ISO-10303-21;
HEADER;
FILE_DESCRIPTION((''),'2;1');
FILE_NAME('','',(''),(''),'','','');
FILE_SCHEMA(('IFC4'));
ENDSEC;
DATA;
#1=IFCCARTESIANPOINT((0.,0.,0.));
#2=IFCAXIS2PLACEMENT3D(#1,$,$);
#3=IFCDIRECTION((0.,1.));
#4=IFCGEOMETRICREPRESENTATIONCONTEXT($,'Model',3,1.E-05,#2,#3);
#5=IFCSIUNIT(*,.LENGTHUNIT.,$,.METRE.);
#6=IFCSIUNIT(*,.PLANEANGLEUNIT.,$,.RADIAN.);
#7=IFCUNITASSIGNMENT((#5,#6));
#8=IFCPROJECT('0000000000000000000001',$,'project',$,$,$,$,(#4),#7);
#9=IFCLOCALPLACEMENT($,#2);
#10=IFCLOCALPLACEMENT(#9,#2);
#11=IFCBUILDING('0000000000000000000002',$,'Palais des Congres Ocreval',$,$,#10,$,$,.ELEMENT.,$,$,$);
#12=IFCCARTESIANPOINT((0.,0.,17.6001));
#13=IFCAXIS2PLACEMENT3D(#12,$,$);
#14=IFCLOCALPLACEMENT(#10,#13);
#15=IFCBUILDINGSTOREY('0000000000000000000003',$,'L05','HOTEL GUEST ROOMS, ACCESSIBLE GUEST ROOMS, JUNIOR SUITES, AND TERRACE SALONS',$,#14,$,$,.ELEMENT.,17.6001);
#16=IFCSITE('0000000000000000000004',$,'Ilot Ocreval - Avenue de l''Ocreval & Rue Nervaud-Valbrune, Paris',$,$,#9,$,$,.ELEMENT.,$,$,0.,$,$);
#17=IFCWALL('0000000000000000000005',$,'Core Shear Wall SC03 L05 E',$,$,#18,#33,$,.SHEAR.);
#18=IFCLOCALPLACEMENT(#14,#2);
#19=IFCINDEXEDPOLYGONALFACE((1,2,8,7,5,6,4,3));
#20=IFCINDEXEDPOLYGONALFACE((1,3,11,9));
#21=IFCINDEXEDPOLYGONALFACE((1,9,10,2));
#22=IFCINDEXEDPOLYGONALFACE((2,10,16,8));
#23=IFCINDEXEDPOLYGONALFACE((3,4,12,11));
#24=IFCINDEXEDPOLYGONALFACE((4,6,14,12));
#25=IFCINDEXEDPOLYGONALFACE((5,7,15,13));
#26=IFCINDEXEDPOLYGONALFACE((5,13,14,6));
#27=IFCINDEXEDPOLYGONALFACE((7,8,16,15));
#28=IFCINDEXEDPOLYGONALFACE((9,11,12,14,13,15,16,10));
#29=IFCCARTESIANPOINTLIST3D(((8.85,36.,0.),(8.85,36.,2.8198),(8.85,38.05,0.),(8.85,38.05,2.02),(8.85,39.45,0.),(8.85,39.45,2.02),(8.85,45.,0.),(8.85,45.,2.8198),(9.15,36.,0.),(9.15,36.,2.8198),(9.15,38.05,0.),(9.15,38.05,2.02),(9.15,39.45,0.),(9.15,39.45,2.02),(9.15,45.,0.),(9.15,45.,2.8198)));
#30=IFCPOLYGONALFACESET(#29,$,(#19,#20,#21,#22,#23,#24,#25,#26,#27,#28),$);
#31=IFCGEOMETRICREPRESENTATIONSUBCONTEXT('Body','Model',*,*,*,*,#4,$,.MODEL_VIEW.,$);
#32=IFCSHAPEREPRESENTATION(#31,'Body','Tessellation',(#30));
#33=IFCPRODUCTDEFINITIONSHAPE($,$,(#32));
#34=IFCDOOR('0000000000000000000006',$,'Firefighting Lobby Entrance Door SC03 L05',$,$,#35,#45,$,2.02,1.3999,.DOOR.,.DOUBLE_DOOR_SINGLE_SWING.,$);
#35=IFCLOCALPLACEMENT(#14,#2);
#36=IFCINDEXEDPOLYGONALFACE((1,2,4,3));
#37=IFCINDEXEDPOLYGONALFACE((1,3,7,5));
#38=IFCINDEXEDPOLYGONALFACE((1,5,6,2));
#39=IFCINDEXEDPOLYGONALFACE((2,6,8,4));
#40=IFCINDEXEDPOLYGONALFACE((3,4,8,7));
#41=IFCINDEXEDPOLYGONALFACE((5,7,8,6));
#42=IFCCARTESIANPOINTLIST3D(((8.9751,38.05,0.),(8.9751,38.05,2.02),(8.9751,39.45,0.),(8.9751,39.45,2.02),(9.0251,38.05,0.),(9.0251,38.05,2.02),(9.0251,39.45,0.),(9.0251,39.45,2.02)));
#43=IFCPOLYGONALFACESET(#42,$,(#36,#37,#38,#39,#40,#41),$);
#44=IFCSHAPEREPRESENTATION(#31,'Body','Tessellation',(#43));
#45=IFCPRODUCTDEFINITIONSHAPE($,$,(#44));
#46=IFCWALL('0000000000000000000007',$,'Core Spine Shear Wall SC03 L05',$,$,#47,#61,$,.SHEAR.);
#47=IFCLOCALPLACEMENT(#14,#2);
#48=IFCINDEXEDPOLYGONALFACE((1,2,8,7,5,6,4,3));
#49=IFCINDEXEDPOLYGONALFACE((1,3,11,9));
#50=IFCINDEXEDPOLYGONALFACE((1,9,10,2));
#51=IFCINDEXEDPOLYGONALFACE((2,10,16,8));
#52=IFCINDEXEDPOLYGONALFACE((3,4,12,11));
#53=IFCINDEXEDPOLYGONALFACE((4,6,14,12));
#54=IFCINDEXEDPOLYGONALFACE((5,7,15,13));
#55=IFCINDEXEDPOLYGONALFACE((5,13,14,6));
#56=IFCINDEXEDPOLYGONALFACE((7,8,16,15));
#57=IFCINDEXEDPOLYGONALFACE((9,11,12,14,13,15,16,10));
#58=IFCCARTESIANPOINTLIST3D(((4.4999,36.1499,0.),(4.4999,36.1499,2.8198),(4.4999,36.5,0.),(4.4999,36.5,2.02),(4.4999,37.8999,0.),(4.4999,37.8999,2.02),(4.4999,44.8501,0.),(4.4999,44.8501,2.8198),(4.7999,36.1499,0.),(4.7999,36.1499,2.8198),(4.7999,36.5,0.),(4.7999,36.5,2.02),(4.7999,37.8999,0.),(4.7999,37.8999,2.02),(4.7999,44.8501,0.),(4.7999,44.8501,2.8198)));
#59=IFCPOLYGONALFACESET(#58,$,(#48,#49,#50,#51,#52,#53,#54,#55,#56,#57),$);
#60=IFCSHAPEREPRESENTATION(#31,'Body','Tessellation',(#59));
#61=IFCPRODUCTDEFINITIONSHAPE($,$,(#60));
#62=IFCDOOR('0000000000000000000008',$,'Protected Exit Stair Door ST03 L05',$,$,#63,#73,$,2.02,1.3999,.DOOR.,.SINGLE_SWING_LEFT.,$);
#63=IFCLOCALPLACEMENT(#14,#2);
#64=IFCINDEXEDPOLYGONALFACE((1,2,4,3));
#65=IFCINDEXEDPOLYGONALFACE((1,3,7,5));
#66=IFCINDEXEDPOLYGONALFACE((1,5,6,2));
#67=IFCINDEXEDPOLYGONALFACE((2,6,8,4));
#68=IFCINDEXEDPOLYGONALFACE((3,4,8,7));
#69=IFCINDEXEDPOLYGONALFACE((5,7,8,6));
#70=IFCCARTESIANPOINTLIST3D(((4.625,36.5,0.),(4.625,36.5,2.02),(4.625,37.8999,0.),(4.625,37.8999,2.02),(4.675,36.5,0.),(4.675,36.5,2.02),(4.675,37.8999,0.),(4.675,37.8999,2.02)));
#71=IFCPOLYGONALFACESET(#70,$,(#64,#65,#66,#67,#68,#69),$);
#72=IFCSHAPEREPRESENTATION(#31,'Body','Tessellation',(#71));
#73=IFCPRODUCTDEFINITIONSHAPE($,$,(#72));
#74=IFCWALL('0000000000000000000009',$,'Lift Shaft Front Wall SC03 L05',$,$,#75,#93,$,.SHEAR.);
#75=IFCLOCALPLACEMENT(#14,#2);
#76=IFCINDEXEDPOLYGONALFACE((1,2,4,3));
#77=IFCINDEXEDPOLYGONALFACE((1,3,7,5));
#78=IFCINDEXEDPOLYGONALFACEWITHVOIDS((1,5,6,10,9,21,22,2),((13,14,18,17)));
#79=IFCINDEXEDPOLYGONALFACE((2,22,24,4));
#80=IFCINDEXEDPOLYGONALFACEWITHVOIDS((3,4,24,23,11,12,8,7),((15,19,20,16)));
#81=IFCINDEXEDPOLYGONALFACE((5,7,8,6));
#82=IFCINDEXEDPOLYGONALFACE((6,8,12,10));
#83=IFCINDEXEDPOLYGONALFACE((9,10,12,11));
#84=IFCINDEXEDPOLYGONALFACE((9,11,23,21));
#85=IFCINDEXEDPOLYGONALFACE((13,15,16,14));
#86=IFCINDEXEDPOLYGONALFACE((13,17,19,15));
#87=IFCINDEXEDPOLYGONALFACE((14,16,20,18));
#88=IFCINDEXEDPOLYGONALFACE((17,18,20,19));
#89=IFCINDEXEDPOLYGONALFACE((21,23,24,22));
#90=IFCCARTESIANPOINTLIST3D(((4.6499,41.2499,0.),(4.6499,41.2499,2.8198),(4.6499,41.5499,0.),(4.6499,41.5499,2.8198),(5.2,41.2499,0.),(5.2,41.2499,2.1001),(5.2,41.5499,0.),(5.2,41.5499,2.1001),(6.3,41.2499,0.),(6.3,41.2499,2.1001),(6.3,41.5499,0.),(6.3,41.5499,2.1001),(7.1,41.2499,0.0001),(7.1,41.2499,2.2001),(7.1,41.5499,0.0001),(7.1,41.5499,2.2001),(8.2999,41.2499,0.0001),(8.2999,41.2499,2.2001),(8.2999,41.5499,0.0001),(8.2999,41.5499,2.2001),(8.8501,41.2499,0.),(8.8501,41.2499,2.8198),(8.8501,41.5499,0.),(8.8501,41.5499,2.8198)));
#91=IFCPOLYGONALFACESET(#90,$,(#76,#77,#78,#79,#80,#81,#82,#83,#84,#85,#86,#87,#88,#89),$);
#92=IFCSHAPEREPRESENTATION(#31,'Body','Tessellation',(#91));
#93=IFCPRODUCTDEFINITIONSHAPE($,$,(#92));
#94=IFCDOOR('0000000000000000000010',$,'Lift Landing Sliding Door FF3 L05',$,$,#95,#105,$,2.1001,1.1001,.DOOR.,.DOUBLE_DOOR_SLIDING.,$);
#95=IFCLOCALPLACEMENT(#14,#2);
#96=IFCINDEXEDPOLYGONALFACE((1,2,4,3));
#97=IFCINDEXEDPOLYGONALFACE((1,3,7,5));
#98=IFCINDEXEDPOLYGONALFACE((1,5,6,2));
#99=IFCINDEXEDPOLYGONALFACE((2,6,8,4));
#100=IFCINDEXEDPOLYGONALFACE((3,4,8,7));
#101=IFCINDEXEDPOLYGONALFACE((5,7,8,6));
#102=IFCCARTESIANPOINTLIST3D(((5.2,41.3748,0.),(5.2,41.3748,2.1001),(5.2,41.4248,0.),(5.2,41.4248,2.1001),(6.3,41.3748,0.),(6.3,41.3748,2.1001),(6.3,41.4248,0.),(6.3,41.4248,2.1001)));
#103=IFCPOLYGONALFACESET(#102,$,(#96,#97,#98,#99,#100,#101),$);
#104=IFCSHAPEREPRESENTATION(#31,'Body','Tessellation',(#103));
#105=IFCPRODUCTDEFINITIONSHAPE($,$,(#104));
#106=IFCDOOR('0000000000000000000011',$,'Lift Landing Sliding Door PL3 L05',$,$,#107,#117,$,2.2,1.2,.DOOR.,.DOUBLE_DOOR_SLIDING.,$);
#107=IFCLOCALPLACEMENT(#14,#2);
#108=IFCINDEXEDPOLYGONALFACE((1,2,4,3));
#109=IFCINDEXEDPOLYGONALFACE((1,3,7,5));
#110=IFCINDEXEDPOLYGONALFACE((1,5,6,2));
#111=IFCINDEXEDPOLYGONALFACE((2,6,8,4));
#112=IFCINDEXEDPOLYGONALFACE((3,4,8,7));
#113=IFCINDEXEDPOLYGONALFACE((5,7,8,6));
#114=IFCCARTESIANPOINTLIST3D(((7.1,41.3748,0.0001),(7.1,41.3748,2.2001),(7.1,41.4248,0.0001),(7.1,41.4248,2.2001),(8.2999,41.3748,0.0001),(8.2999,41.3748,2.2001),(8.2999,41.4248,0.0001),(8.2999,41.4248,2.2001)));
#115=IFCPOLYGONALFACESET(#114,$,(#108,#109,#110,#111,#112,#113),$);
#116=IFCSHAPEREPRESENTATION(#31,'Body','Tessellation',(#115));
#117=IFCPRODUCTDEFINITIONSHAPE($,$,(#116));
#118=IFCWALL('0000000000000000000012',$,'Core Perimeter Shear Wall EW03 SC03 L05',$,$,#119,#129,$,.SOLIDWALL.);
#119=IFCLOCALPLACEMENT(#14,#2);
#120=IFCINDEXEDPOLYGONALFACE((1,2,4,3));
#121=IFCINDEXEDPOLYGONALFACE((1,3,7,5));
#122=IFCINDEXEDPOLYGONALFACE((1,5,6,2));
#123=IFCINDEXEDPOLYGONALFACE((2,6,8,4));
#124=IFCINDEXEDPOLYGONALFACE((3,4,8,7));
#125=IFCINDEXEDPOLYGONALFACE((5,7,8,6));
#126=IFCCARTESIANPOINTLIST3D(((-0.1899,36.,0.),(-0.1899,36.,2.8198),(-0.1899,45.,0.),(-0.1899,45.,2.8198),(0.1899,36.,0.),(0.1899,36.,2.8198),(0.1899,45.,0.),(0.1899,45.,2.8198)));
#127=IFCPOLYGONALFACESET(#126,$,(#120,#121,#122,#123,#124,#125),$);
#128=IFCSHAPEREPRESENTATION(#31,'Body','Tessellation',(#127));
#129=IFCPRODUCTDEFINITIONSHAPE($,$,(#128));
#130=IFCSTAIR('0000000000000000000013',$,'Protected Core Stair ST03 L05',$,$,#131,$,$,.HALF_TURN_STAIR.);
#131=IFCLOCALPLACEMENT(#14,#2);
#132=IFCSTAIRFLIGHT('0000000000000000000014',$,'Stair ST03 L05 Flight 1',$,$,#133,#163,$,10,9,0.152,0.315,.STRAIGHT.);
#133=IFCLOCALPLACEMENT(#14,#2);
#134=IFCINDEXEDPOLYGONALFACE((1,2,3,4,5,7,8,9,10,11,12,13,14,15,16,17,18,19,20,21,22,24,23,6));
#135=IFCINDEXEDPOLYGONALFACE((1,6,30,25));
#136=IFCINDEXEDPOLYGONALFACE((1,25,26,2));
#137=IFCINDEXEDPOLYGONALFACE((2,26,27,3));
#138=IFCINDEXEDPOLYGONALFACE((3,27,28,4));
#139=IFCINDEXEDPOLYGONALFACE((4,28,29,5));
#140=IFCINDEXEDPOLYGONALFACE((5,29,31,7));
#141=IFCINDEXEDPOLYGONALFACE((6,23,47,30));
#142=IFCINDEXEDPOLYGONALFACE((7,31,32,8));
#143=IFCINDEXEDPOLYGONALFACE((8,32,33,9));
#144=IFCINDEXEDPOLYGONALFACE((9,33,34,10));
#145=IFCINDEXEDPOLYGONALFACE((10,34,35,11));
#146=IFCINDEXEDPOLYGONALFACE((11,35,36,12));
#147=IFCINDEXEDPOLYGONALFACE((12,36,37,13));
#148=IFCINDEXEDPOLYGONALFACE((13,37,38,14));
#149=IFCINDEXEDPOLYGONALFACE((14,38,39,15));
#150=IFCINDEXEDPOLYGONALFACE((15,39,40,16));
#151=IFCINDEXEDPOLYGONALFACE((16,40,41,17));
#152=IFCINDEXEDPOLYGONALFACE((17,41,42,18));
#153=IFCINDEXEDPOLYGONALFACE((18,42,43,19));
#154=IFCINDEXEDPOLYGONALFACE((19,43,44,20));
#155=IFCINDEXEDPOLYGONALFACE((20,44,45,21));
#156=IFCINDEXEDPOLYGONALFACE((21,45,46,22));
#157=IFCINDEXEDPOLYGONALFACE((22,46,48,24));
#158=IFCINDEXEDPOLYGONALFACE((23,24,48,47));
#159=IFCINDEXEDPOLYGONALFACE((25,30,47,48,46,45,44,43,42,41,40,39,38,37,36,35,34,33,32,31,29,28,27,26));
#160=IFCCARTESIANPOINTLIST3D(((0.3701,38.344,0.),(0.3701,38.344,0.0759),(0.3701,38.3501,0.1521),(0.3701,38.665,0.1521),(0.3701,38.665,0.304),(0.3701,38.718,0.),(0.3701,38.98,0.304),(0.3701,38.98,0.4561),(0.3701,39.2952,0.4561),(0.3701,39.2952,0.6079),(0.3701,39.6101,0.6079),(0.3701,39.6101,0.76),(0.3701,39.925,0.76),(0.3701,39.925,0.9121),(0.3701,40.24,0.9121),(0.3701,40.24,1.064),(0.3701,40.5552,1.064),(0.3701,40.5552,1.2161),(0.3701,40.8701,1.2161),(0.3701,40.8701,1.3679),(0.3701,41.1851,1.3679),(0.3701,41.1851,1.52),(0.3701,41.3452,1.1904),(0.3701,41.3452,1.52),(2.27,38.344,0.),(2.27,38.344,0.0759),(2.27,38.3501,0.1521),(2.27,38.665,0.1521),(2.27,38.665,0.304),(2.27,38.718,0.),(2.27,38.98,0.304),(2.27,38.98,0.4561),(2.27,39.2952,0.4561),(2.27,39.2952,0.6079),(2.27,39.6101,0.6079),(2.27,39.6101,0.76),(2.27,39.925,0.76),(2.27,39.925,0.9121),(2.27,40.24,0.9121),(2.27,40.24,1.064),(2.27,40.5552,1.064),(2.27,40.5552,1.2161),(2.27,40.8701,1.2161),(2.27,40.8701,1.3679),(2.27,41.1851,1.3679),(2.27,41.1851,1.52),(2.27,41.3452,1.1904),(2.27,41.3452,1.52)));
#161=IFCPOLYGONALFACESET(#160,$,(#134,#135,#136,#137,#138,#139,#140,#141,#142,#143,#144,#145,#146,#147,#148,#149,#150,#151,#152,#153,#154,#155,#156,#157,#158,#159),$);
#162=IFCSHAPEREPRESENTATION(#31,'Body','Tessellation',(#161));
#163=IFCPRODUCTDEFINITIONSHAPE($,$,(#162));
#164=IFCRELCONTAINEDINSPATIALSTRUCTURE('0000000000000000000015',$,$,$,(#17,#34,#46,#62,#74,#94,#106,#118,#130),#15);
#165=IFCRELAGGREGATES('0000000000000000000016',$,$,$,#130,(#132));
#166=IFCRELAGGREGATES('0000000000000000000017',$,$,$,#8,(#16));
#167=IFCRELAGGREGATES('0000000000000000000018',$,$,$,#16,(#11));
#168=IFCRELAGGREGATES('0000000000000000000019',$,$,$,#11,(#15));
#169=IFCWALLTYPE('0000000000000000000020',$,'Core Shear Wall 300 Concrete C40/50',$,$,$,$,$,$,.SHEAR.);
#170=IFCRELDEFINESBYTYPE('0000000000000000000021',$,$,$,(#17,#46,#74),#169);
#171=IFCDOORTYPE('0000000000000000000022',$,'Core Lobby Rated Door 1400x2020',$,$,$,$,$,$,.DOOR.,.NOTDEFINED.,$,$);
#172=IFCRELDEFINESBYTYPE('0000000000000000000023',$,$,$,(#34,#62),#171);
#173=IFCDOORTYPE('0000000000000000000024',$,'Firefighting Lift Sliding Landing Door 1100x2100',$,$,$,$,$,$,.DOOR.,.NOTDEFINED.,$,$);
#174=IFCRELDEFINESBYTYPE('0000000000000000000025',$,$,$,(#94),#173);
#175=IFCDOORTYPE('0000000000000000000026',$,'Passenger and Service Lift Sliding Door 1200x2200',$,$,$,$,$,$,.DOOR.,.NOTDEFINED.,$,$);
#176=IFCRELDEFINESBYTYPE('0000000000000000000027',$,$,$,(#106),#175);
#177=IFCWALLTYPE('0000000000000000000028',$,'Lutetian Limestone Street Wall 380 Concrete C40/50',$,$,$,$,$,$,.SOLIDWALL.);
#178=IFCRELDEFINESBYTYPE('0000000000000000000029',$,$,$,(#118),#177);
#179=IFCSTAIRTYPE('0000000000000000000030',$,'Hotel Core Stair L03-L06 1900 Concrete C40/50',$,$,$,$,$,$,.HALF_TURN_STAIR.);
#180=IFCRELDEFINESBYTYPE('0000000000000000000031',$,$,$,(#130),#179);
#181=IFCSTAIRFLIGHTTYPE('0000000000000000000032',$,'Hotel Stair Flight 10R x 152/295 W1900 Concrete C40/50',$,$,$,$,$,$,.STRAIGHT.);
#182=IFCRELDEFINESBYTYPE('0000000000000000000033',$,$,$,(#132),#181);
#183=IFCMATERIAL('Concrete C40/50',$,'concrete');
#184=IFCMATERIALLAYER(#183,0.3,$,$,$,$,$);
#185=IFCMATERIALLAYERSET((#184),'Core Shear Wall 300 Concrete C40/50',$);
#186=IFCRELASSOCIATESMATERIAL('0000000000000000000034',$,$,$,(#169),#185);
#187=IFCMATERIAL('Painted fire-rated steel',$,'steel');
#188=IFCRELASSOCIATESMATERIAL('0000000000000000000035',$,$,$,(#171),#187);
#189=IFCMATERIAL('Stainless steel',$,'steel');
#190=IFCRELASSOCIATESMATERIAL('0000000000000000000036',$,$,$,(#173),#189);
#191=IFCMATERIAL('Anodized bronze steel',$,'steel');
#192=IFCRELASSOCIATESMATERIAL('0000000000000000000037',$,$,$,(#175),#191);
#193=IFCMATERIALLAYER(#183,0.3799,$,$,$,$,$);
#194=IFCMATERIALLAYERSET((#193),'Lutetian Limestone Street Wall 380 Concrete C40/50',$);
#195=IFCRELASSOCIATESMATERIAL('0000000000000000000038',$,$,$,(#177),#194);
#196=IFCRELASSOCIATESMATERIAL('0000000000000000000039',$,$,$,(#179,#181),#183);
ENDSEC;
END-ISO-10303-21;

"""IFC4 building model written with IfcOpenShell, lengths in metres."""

from ifc_helpers import new_model, si_unit, direction, frame, frame_2d, origin, place, context, subcontext, project, spatial, polyline, rectangle, outline, extrude, material, layer, layer_set, type_object, element, fill, aggregate, save


model = new_model("IFC4")

# Units and contexts
model_context = context("Model", 3, precision=1e-05, world=origin(), true_north=direction((0.0, 1.0)))
body_context = subcontext(model_context, "Body", "Model", "MODEL_VIEW")
ifc_project = project(units=[si_unit("LENGTHUNIT", "METRE"), si_unit("PLANEANGLEUNIT", "RADIAN")], contexts=[model_context])

# Site, building, storey
site_placement = place(None, origin())
site = spatial("IfcSite", under=ifc_project, at=site_placement, Name="Ilot Ocreval - Avenue de l'Ocreval & Rue Nervaud-Valbrune, Paris", CompositionType="ELEMENT", RefElevation=0.0)
building_placement = place(site_placement, origin())
building = spatial("IfcBuilding", under=site, at=building_placement, Name="Palais des Congres Ocreval", CompositionType="ELEMENT")
storey_placement = place(building_placement, frame((0.0, 0.0, 17.6001)))
storey = spatial("IfcBuildingStorey", under=building, at=storey_placement, Name="L05", Description="HOTEL GUEST ROOMS, ACCESSIBLE GUEST ROOMS, JUNIOR SUITES, AND TERRACE SALONS", CompositionType="ELEMENT", Elevation=17.6001)

# Shared definitions
ifc_material_1 = material(Name="Concrete C40/50", Category="concrete")

# Shared definitions
ifc_layer_1 = layer(ifc_material_1, 0.3)
ifc_layer_set_1 = layer_set([ifc_layer_1], Name="Core Shear Wall 300 Concrete C40/50")
wall_type_1 = type_object("IfcWallType", Name="Core Shear Wall 300 Concrete C40/50", PredefinedType="SHEAR", material=ifc_layer_set_1)

# Walls, openings, doors
wall_1_placement = place(storey_placement, frame((9.0, 36.0, 0.0), z_axis=(0.0, 0.0, 1.0), x_axis=(0.0, 1.0, 0.0)))
wall_1 = element("IfcWall", 1, at=wall_1_placement, inside=storey, type_object=wall_type_1, Name="Core Shear Wall SC03 L05 E", PredefinedType="SHEAR", context=body_context, shape_type="SweptSolid", body=[
    extrude(rectangle(XDim=9.0, YDim=0.3, at=frame_2d((4.5, 0.0))), origin(), (0.0, 0.0, 1.0), 2.8198),
])
opening_1_placement = place(wall_1_placement, frame((2.05, 0.0, 0.0)))
opening_1 = element("IfcOpeningElement", 2, at=opening_1_placement, cuts=wall_1, PredefinedType="OPENING", context=body_context, shape_type="SweptSolid", body=[
    extrude(rectangle(XDim=1.3999, YDim=2.02, at=frame_2d((0.7, 1.01))), frame((0.0, 0.1599, 0.0), z_axis=(0.0, -1.0, 0.0), x_axis=(1.0, 0.0, 0.0)), (0.0, 0.0, 1.0), 0.3201),
])
ifc_material_2 = material(Name="Painted fire-rated steel", Category="steel")
door_type_1 = type_object("IfcDoorType", Name="Core Lobby Rated Door 1400x2020", OperationType="NOTDEFINED", PredefinedType="DOOR", material=ifc_material_2)
door_1_placement = place(opening_1_placement, origin())
door_1 = element("IfcDoor", 3, at=door_1_placement, inside=storey, type_object=door_type_1, Name="Firefighting Lobby Entrance Door SC03 L05", OperationType="DOUBLE_DOOR_SINGLE_SWING", OverallHeight=2.02, OverallWidth=1.3999, PredefinedType="DOOR", context=body_context, shape_type="SweptSolid", body=[
    extrude(rectangle(XDim=1.3999, YDim=2.02, at=frame_2d((0.7, 1.01))), frame((0.0, 0.0249, 0.0), z_axis=(0.0, -1.0, 0.0), x_axis=(1.0, 0.0, 0.0)), (0.0, 0.0, 1.0), 0.05),
])
fill(opening_1, door_1)
wall_2_placement = place(storey_placement, frame((4.6499, 36.1499, 0.0), z_axis=(0.0, 0.0, 1.0), x_axis=(0.0, 1.0, 0.0)))
wall_2 = element("IfcWall", 4, at=wall_2_placement, inside=storey, type_object=wall_type_1, Name="Core Spine Shear Wall SC03 L05", PredefinedType="SHEAR", context=body_context, shape_type="SweptSolid", body=[
    extrude(rectangle(XDim=8.7002, YDim=0.3, at=frame_2d((4.3501, 0.0))), origin(), (0.0, 0.0, 1.0), 2.8198),
])
opening_2_placement = place(wall_2_placement, frame((0.3501, 0.0, 0.0)))
opening_2 = element("IfcOpeningElement", 5, at=opening_2_placement, cuts=wall_2, PredefinedType="OPENING", context=body_context, shape_type="SweptSolid", body=[
    extrude(rectangle(XDim=1.3999, YDim=2.02, at=frame_2d((0.7, 1.01))), frame((0.0, 0.1599, 0.0), z_axis=(0.0, -1.0, 0.0), x_axis=(1.0, 0.0, 0.0)), (0.0, 0.0, 1.0), 0.3201),
])
door_2_placement = place(opening_2_placement, origin())
door_2 = element("IfcDoor", 6, at=door_2_placement, inside=storey, type_object=door_type_1, Name="Protected Exit Stair Door ST03 L05", OperationType="SINGLE_SWING_LEFT", OverallHeight=2.02, OverallWidth=1.3999, PredefinedType="DOOR", context=body_context, shape_type="SweptSolid", body=[
    extrude(rectangle(XDim=1.3999, YDim=2.02, at=frame_2d((0.7, 1.01))), frame((0.0, 0.0249, 0.0), z_axis=(0.0, -1.0, 0.0), x_axis=(1.0, 0.0, 0.0)), (0.0, 0.0, 1.0), 0.05),
])
fill(opening_2, door_2)

# Wall, openings, doors
wall_3_placement = place(storey_placement, frame((4.6499, 41.3999, 0.0), z_axis=(0.0, 0.0, 1.0), x_axis=(1.0, 0.0, 0.0)))
wall_3 = element("IfcWall", 7, at=wall_3_placement, inside=storey, type_object=wall_type_1, Name="Lift Shaft Front Wall SC03 L05", PredefinedType="SHEAR", context=body_context, shape_type="SweptSolid", body=[
    extrude(rectangle(XDim=4.2002, YDim=0.3, at=frame_2d((2.1001, 0.0))), origin(), (0.0, 0.0, 1.0), 2.8198),
])
opening_3_placement = place(wall_3_placement, frame((0.55, 0.0, 0.0)))
opening_3 = element("IfcOpeningElement", 8, at=opening_3_placement, cuts=wall_3, PredefinedType="OPENING", context=body_context, shape_type="SweptSolid", body=[
    extrude(rectangle(XDim=1.1001, YDim=2.1001, at=frame_2d((0.55, 1.05))), frame((0.0, 0.1599, 0.0), z_axis=(0.0, -1.0, 0.0), x_axis=(1.0, 0.0, 0.0)), (0.0, 0.0, 1.0), 0.3201),
])
opening_4_placement = place(wall_3_placement, frame((2.45, 0.0, 0.0)))
opening_4 = element("IfcOpeningElement", 9, at=opening_4_placement, cuts=wall_3, PredefinedType="OPENING", context=body_context, shape_type="SweptSolid", body=[
    extrude(rectangle(XDim=1.2, YDim=2.2, at=frame_2d((0.6001, 1.1001))), frame((0.0, 0.1599, 0.0), z_axis=(0.0, -1.0, 0.0), x_axis=(1.0, 0.0, 0.0)), (0.0, 0.0, 1.0), 0.3201),
])
ifc_material_3 = material(Name="Stainless steel", Category="steel")
door_type_2 = type_object("IfcDoorType", Name="Firefighting Lift Sliding Landing Door 1100x2100", OperationType="NOTDEFINED", PredefinedType="DOOR", material=ifc_material_3)
door_3_placement = place(opening_3_placement, origin())
door_3 = element("IfcDoor", 10, at=door_3_placement, inside=storey, type_object=door_type_2, Name="Lift Landing Sliding Door FF3 L05", OperationType="DOUBLE_DOOR_SLIDING", OverallHeight=2.1001, OverallWidth=1.1001, PredefinedType="DOOR", context=body_context, shape_type="SweptSolid", body=[
    extrude(rectangle(XDim=1.1001, YDim=2.1001, at=frame_2d((0.55, 1.05))), frame((0.0, 0.0249, 0.0), z_axis=(0.0, -1.0, 0.0), x_axis=(1.0, 0.0, 0.0)), (0.0, 0.0, 1.0), 0.05),
])
fill(opening_3, door_3)
ifc_material_4 = material(Name="Anodized bronze steel", Category="steel")
door_type_3 = type_object("IfcDoorType", Name="Passenger and Service Lift Sliding Door 1200x2200", OperationType="NOTDEFINED", PredefinedType="DOOR", material=ifc_material_4)
door_4_placement = place(opening_4_placement, origin())
door_4 = element("IfcDoor", 11, at=door_4_placement, inside=storey, type_object=door_type_3, Name="Lift Landing Sliding Door PL3 L05", OperationType="DOUBLE_DOOR_SLIDING", OverallHeight=2.2, OverallWidth=1.2, PredefinedType="DOOR", context=body_context, shape_type="SweptSolid", body=[
    extrude(rectangle(XDim=1.2, YDim=2.2, at=frame_2d((0.6001, 1.1001))), frame((0.0, 0.0249, 0.0), z_axis=(0.0, -1.0, 0.0), x_axis=(1.0, 0.0, 0.0)), (0.0, 0.0, 1.0), 0.05),
])
fill(opening_4, door_4)

# Wall
ifc_layer_2 = layer(ifc_material_1, 0.3799)
ifc_layer_set_2 = layer_set([ifc_layer_2], Name="Lutetian Limestone Street Wall 380 Concrete C40/50")
wall_type_2 = type_object("IfcWallType", Name="Lutetian Limestone Street Wall 380 Concrete C40/50", PredefinedType="SOLIDWALL", material=ifc_layer_set_2)
wall_4_placement = place(storey_placement, frame((0.0, 36.0, 0.0), z_axis=(0.0, 0.0, 1.0), x_axis=(0.0, 1.0, 0.0)))
element("IfcWall", 12, at=wall_4_placement, inside=storey, type_object=wall_type_2, Name="Core Perimeter Shear Wall EW03 SC03 L05", PredefinedType="SOLIDWALL", context=body_context, shape_type="SweptSolid", body=[
    extrude(rectangle(XDim=9.0, YDim=0.3799, at=frame_2d((4.5, 0.0))), origin(), (0.0, 0.0, 1.0), 2.8198),
])

# Stair, stair flight
stair_type = type_object("IfcStairType", Name="Hotel Core Stair L03-L06 1900 Concrete C40/50", PredefinedType="HALF_TURN_STAIR", material=ifc_material_1)
stair_placement = place(storey_placement, origin())
stair = element("IfcStair", 13, at=stair_placement, inside=storey, type_object=stair_type, Name="Protected Core Stair ST03 L05", PredefinedType="HALF_TURN_STAIR")
stair_flight_type = type_object("IfcStairFlightType", Name="Hotel Stair Flight 10R x 152/295 W1900 Concrete C40/50", PredefinedType="STRAIGHT", material=ifc_material_1)
stair_flight_1_placement = place(storey_placement, frame((1.3201, 38.3501, 0.0), z_axis=(0.0, 0.0, 1.0), x_axis=(0.0, 1.0, 0.0)))
stair_flight_1 = element("IfcStairFlight", 14, at=stair_flight_1_placement, type_object=stair_flight_type, Name="Stair ST03 L05 Flight 1", NumberOfRisers=10, NumberOfTreads=9, PredefinedType="STRAIGHT", RiserHeight=0.152, TreadLength=0.315, context=body_context, shape_type="SweptSolid", body=[
    extrude(outline(polyline([(-0.0061, 0.0), (-0.0061, 0.0759), (0.0, 0.1521), (0.3149, 0.1521), (0.3149, 0.304), (0.6299, 0.304), (0.6299, 0.4561), (0.9451, 0.4561), (0.9451, 0.6079), (1.26, 0.6079), (1.26, 0.76), (1.575, 0.76), (1.575, 0.9121), (1.8899, 0.9121), (1.8899, 1.064), (2.2051, 1.064), (2.2051, 1.2161), (2.52, 1.2161), (2.52, 1.3679), (2.835, 1.3679), (2.835, 1.52), (2.9951, 1.52), (2.9951, 1.1904), (0.3679, 0.0), (-0.0061, 0.0)])), frame((0.0, 0.95, 0.0), z_axis=(0.0, -1.0, 0.0), x_axis=(1.0, 0.0, 0.0)), (0.0, 0.0, 1.0), 1.8999),
])
aggregate(stair, [stair_flight_1])

save(model, "model.ifc")
